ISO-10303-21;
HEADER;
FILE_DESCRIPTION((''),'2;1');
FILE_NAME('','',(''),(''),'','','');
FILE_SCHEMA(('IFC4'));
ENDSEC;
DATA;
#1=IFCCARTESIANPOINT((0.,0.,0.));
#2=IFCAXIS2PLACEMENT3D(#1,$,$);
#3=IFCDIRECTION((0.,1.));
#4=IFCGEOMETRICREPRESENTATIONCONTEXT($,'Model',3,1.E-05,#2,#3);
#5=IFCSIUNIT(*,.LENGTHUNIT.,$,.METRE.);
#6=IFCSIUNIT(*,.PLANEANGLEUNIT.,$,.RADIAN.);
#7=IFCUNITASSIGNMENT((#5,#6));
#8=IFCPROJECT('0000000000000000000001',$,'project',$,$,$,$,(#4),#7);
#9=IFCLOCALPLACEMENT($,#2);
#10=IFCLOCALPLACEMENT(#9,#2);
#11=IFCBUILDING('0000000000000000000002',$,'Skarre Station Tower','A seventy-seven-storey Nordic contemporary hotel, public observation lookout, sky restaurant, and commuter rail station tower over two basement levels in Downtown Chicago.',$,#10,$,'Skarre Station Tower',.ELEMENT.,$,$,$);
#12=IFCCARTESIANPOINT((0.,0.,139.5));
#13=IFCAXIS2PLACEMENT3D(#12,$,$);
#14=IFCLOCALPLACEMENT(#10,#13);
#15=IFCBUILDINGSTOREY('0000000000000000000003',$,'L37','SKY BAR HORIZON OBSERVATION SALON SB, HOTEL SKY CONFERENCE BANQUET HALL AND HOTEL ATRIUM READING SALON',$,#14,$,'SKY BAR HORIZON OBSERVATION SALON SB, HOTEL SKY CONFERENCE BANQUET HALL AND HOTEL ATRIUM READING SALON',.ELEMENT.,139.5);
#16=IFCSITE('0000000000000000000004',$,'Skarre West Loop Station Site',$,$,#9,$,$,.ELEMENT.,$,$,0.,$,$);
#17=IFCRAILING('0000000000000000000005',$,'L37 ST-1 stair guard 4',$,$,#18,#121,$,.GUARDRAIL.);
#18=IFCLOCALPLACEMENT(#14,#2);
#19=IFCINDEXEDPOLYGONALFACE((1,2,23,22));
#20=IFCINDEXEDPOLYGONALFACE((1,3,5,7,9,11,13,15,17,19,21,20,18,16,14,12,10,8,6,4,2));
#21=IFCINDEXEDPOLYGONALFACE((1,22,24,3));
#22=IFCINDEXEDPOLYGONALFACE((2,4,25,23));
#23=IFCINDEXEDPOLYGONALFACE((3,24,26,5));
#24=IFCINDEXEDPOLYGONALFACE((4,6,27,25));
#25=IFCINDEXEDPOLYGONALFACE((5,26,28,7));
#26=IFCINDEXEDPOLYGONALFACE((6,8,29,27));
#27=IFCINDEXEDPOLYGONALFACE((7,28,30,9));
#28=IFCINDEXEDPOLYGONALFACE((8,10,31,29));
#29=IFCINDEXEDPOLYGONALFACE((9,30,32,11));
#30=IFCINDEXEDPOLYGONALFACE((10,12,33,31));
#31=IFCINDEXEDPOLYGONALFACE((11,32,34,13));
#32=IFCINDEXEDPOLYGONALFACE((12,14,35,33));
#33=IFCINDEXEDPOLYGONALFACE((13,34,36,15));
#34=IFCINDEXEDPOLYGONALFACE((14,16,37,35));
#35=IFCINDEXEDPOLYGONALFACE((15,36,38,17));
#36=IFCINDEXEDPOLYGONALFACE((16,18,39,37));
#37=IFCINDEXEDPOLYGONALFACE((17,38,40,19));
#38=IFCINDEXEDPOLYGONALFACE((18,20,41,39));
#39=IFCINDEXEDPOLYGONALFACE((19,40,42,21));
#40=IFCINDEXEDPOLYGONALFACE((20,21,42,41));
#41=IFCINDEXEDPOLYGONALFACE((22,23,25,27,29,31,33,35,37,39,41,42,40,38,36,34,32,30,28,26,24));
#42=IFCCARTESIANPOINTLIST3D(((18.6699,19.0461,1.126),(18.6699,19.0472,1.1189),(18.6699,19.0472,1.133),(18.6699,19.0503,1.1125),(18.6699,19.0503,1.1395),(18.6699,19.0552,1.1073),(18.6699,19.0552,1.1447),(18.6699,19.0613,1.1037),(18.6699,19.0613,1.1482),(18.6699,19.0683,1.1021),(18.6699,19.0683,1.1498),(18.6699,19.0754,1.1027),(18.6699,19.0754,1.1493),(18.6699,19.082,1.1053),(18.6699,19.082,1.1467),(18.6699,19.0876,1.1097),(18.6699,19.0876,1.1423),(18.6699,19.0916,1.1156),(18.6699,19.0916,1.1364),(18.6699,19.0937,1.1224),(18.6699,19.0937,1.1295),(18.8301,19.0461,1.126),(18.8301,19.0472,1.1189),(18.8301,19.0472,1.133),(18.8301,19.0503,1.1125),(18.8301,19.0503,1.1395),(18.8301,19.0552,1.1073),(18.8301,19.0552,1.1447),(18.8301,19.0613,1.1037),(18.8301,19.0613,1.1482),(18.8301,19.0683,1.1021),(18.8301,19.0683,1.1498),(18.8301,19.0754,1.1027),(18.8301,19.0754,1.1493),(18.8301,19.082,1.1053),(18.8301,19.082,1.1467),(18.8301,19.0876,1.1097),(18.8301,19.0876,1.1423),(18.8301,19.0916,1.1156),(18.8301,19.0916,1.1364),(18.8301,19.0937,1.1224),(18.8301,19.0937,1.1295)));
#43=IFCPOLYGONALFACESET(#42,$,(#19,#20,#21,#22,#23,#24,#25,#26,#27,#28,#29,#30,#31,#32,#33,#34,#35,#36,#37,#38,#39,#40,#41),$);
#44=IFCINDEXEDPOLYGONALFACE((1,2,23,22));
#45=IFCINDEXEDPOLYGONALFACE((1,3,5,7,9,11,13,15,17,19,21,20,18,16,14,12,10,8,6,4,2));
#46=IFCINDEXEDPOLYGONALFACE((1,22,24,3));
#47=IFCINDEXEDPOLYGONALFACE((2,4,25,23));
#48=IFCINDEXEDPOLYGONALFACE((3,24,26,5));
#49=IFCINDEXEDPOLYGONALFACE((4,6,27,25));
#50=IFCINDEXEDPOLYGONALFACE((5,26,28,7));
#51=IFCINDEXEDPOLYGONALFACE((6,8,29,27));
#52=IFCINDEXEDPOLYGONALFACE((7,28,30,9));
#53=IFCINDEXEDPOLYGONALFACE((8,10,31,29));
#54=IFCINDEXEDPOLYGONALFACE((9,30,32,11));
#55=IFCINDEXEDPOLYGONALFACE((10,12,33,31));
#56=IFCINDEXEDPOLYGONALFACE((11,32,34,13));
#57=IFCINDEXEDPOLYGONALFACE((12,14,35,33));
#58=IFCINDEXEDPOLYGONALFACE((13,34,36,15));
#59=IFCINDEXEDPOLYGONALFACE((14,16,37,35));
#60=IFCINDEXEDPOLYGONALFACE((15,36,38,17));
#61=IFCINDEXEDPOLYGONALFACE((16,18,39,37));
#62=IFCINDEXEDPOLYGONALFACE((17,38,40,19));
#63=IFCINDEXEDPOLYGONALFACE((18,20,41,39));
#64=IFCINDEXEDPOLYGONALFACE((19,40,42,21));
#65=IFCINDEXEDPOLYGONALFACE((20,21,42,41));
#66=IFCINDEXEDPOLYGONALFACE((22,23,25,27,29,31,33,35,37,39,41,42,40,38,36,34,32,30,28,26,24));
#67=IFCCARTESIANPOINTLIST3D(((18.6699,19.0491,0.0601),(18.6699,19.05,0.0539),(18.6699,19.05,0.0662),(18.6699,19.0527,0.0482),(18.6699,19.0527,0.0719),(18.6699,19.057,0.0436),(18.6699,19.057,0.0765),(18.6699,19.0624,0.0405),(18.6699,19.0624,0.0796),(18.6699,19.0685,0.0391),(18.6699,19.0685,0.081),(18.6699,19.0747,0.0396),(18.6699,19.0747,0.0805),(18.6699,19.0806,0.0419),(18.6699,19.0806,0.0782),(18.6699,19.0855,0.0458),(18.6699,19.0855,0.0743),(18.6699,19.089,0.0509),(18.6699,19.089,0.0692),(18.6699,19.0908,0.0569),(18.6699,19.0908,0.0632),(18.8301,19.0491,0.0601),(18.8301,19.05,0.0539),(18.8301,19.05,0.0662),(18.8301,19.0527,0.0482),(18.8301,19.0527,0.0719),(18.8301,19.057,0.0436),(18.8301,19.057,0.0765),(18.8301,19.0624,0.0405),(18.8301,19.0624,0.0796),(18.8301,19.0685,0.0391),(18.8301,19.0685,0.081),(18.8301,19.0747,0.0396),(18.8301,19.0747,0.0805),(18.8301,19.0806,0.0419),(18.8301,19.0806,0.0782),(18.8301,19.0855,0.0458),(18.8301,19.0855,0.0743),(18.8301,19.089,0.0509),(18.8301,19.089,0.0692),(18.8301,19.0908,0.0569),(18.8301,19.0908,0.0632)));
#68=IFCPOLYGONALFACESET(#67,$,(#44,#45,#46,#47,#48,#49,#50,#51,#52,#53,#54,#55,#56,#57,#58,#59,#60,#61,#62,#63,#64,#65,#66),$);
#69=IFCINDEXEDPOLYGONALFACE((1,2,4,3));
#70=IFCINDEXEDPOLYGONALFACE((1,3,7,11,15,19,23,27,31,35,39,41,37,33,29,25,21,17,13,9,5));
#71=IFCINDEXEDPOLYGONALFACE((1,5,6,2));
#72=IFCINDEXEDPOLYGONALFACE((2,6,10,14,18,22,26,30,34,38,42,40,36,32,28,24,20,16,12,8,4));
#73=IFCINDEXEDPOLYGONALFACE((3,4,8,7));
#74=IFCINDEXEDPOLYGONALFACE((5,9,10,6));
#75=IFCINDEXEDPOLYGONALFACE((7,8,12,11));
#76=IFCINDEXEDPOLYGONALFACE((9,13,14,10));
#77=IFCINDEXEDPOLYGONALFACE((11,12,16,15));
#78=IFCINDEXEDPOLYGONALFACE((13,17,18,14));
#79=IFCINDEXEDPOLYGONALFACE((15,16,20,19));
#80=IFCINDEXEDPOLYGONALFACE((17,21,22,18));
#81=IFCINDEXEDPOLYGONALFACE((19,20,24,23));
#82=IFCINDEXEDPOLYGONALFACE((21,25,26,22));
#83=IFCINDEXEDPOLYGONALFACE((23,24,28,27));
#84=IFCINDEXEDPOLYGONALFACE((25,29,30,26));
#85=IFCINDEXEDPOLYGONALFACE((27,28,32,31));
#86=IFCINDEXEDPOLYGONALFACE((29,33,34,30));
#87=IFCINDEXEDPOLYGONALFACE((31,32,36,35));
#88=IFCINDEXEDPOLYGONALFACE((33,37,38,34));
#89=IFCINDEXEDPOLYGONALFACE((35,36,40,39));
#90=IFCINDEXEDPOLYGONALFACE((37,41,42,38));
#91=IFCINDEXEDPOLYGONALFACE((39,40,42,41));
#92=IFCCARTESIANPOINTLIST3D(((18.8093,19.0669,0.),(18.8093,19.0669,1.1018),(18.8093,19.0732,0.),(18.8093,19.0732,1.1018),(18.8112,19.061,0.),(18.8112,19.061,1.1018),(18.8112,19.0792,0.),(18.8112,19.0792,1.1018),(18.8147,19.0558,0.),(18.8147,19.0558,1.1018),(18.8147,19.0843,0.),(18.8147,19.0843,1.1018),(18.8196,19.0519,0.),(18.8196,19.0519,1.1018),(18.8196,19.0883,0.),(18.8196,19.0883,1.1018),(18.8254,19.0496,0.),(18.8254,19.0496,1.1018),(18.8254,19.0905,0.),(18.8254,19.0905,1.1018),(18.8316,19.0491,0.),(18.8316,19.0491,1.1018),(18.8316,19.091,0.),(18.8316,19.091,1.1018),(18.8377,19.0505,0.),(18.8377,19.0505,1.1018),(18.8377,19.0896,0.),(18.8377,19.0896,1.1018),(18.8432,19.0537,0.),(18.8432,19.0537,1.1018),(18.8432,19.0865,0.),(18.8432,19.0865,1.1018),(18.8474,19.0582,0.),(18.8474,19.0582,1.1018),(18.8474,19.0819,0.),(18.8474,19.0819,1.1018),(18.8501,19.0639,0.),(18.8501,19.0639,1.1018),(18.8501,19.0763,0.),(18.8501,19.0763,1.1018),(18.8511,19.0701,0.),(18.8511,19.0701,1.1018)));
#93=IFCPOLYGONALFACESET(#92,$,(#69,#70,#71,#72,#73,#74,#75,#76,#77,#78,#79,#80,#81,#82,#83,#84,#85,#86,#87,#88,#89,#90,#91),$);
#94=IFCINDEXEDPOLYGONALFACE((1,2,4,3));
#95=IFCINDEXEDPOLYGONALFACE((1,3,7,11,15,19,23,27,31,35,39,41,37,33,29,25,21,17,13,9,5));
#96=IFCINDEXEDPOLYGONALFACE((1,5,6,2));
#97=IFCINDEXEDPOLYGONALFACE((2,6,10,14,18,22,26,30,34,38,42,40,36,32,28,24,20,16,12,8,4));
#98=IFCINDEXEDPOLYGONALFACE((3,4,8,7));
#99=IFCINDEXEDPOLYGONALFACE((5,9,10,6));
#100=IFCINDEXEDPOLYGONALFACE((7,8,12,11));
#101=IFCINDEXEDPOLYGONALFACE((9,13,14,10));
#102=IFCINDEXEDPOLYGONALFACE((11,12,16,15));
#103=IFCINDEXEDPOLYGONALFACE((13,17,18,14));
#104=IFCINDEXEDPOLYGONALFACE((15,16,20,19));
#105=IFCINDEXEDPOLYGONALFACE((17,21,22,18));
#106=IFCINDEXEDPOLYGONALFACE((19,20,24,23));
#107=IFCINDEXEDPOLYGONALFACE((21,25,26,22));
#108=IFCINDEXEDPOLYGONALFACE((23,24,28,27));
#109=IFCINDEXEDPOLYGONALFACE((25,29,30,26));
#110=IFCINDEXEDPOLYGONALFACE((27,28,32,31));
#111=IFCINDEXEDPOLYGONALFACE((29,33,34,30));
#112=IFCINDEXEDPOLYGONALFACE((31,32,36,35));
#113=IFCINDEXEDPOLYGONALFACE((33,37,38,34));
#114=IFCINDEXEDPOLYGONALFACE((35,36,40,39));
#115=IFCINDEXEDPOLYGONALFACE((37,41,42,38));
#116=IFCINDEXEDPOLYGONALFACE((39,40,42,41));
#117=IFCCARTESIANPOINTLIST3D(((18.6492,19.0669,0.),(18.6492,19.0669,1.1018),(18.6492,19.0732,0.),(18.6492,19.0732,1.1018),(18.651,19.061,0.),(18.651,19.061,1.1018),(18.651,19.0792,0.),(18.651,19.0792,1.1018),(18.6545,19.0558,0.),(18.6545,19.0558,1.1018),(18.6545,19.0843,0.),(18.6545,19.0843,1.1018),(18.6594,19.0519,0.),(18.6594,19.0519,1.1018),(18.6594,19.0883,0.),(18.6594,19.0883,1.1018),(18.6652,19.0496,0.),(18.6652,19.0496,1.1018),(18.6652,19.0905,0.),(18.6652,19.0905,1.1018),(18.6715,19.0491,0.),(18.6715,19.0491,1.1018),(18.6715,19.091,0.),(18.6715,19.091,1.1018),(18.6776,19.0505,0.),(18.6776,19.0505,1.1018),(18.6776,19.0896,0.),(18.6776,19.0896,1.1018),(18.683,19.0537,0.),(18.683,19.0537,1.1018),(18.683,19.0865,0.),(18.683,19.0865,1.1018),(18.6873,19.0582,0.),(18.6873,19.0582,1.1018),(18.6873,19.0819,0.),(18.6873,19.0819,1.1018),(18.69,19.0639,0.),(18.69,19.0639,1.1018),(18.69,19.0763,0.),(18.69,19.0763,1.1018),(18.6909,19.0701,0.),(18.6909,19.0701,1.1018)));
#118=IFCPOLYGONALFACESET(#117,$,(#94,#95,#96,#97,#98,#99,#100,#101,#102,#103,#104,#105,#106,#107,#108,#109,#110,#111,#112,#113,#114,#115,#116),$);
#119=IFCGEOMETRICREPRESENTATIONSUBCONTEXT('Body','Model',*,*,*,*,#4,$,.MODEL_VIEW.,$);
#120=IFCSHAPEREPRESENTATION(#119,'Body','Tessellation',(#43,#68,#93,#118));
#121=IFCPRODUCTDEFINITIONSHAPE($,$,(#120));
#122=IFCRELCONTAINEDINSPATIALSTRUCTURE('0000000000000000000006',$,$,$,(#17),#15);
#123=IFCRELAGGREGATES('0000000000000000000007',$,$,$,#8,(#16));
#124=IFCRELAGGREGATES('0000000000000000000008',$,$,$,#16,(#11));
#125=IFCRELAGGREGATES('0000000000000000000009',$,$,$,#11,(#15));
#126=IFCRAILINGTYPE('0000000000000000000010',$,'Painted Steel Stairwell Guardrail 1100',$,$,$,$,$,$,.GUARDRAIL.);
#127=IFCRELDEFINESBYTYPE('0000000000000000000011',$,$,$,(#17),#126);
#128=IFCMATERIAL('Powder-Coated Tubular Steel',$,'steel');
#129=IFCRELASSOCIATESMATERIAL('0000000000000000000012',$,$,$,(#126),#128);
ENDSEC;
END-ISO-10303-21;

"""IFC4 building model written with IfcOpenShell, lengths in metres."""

from ifc_helpers import new_model, si_unit, direction, frame, origin, origin_2d, place, context, subcontext, project, spatial, circle, extrude, material, type_object, element, save


model = new_model("IFC4")

# Units and contexts
model_context = context("Model", 3, precision=1e-05, world=origin(), true_north=direction((0.0, 1.0)))
body_context = subcontext(model_context, "Body", "Model", "MODEL_VIEW")
ifc_project = project(units=[si_unit("LENGTHUNIT", "METRE"), si_unit("PLANEANGLEUNIT", "RADIAN")], contexts=[model_context])

# Site, building, storey
site_placement = place(None, origin())
site = spatial("IfcSite", under=ifc_project, at=site_placement, Name="Skarre West Loop Station Site", CompositionType="ELEMENT", RefElevation=0.0)
building_placement = place(site_placement, origin())
building = spatial("IfcBuilding", under=site, at=building_placement, Name="Skarre Station Tower", Description="A seventy-seven-storey Nordic contemporary hotel, public observation lookout, sky restaurant, and commuter rail station tower over two basement levels in Downtown Chicago.", LongName="Skarre Station Tower", CompositionType="ELEMENT")
storey_placement = place(building_placement, frame((0.0, 0.0, 139.5)))
storey = spatial("IfcBuildingStorey", under=building, at=storey_placement, Name="L37", Description="SKY BAR HORIZON OBSERVATION SALON SB, HOTEL SKY CONFERENCE BANQUET HALL AND HOTEL ATRIUM READING SALON", LongName="SKY BAR HORIZON OBSERVATION SALON SB, HOTEL SKY CONFERENCE BANQUET HALL AND HOTEL ATRIUM READING SALON", CompositionType="ELEMENT", Elevation=139.5)

# Railing
ifc_material_1 = material(Name="Powder-Coated Tubular Steel", Category="steel")
railing_type_1 = type_object("IfcRailingType", Name="Painted Steel Stairwell Guardrail 1100", PredefinedType="GUARDRAIL", material=ifc_material_1)
railing_1_placement = place(storey_placement, frame((18.8301, 19.0701, 0.0)))
element("IfcRailing", 1, at=railing_1_placement, inside=storey, type_object=railing_type_1, Name="L37 ST-1 stair guard 4", PredefinedType="GUARDRAIL", context=body_context, shape_type="SweptSolid", body=[
    extrude(circle(Radius=0.0239, at=origin_2d()), frame((0.0, 0.0, 1.126), z_axis=(-1.0, 0.0, 0.0), x_axis=(0.0, -1.0, 0.0)), (0.0, 0.0, 1.0), 0.1602),
    extrude(circle(Radius=0.021, at=origin_2d()), frame((0.0, 0.0, 0.0601), z_axis=(-1.0, 0.0, 0.0), x_axis=(0.0, -1.0, 0.0)), (0.0, 0.0, 1.0), 0.1602),
    extrude(circle(Radius=0.021, at=origin_2d()), origin(), (0.0, 0.0, 1.0), 1.1018),
    extrude(circle(Radius=0.021, at=origin_2d()), frame((-0.1602, 0.0, 0.0)), (0.0, 0.0, 1.0), 1.1018),
])

save(model, "model.ifc")
